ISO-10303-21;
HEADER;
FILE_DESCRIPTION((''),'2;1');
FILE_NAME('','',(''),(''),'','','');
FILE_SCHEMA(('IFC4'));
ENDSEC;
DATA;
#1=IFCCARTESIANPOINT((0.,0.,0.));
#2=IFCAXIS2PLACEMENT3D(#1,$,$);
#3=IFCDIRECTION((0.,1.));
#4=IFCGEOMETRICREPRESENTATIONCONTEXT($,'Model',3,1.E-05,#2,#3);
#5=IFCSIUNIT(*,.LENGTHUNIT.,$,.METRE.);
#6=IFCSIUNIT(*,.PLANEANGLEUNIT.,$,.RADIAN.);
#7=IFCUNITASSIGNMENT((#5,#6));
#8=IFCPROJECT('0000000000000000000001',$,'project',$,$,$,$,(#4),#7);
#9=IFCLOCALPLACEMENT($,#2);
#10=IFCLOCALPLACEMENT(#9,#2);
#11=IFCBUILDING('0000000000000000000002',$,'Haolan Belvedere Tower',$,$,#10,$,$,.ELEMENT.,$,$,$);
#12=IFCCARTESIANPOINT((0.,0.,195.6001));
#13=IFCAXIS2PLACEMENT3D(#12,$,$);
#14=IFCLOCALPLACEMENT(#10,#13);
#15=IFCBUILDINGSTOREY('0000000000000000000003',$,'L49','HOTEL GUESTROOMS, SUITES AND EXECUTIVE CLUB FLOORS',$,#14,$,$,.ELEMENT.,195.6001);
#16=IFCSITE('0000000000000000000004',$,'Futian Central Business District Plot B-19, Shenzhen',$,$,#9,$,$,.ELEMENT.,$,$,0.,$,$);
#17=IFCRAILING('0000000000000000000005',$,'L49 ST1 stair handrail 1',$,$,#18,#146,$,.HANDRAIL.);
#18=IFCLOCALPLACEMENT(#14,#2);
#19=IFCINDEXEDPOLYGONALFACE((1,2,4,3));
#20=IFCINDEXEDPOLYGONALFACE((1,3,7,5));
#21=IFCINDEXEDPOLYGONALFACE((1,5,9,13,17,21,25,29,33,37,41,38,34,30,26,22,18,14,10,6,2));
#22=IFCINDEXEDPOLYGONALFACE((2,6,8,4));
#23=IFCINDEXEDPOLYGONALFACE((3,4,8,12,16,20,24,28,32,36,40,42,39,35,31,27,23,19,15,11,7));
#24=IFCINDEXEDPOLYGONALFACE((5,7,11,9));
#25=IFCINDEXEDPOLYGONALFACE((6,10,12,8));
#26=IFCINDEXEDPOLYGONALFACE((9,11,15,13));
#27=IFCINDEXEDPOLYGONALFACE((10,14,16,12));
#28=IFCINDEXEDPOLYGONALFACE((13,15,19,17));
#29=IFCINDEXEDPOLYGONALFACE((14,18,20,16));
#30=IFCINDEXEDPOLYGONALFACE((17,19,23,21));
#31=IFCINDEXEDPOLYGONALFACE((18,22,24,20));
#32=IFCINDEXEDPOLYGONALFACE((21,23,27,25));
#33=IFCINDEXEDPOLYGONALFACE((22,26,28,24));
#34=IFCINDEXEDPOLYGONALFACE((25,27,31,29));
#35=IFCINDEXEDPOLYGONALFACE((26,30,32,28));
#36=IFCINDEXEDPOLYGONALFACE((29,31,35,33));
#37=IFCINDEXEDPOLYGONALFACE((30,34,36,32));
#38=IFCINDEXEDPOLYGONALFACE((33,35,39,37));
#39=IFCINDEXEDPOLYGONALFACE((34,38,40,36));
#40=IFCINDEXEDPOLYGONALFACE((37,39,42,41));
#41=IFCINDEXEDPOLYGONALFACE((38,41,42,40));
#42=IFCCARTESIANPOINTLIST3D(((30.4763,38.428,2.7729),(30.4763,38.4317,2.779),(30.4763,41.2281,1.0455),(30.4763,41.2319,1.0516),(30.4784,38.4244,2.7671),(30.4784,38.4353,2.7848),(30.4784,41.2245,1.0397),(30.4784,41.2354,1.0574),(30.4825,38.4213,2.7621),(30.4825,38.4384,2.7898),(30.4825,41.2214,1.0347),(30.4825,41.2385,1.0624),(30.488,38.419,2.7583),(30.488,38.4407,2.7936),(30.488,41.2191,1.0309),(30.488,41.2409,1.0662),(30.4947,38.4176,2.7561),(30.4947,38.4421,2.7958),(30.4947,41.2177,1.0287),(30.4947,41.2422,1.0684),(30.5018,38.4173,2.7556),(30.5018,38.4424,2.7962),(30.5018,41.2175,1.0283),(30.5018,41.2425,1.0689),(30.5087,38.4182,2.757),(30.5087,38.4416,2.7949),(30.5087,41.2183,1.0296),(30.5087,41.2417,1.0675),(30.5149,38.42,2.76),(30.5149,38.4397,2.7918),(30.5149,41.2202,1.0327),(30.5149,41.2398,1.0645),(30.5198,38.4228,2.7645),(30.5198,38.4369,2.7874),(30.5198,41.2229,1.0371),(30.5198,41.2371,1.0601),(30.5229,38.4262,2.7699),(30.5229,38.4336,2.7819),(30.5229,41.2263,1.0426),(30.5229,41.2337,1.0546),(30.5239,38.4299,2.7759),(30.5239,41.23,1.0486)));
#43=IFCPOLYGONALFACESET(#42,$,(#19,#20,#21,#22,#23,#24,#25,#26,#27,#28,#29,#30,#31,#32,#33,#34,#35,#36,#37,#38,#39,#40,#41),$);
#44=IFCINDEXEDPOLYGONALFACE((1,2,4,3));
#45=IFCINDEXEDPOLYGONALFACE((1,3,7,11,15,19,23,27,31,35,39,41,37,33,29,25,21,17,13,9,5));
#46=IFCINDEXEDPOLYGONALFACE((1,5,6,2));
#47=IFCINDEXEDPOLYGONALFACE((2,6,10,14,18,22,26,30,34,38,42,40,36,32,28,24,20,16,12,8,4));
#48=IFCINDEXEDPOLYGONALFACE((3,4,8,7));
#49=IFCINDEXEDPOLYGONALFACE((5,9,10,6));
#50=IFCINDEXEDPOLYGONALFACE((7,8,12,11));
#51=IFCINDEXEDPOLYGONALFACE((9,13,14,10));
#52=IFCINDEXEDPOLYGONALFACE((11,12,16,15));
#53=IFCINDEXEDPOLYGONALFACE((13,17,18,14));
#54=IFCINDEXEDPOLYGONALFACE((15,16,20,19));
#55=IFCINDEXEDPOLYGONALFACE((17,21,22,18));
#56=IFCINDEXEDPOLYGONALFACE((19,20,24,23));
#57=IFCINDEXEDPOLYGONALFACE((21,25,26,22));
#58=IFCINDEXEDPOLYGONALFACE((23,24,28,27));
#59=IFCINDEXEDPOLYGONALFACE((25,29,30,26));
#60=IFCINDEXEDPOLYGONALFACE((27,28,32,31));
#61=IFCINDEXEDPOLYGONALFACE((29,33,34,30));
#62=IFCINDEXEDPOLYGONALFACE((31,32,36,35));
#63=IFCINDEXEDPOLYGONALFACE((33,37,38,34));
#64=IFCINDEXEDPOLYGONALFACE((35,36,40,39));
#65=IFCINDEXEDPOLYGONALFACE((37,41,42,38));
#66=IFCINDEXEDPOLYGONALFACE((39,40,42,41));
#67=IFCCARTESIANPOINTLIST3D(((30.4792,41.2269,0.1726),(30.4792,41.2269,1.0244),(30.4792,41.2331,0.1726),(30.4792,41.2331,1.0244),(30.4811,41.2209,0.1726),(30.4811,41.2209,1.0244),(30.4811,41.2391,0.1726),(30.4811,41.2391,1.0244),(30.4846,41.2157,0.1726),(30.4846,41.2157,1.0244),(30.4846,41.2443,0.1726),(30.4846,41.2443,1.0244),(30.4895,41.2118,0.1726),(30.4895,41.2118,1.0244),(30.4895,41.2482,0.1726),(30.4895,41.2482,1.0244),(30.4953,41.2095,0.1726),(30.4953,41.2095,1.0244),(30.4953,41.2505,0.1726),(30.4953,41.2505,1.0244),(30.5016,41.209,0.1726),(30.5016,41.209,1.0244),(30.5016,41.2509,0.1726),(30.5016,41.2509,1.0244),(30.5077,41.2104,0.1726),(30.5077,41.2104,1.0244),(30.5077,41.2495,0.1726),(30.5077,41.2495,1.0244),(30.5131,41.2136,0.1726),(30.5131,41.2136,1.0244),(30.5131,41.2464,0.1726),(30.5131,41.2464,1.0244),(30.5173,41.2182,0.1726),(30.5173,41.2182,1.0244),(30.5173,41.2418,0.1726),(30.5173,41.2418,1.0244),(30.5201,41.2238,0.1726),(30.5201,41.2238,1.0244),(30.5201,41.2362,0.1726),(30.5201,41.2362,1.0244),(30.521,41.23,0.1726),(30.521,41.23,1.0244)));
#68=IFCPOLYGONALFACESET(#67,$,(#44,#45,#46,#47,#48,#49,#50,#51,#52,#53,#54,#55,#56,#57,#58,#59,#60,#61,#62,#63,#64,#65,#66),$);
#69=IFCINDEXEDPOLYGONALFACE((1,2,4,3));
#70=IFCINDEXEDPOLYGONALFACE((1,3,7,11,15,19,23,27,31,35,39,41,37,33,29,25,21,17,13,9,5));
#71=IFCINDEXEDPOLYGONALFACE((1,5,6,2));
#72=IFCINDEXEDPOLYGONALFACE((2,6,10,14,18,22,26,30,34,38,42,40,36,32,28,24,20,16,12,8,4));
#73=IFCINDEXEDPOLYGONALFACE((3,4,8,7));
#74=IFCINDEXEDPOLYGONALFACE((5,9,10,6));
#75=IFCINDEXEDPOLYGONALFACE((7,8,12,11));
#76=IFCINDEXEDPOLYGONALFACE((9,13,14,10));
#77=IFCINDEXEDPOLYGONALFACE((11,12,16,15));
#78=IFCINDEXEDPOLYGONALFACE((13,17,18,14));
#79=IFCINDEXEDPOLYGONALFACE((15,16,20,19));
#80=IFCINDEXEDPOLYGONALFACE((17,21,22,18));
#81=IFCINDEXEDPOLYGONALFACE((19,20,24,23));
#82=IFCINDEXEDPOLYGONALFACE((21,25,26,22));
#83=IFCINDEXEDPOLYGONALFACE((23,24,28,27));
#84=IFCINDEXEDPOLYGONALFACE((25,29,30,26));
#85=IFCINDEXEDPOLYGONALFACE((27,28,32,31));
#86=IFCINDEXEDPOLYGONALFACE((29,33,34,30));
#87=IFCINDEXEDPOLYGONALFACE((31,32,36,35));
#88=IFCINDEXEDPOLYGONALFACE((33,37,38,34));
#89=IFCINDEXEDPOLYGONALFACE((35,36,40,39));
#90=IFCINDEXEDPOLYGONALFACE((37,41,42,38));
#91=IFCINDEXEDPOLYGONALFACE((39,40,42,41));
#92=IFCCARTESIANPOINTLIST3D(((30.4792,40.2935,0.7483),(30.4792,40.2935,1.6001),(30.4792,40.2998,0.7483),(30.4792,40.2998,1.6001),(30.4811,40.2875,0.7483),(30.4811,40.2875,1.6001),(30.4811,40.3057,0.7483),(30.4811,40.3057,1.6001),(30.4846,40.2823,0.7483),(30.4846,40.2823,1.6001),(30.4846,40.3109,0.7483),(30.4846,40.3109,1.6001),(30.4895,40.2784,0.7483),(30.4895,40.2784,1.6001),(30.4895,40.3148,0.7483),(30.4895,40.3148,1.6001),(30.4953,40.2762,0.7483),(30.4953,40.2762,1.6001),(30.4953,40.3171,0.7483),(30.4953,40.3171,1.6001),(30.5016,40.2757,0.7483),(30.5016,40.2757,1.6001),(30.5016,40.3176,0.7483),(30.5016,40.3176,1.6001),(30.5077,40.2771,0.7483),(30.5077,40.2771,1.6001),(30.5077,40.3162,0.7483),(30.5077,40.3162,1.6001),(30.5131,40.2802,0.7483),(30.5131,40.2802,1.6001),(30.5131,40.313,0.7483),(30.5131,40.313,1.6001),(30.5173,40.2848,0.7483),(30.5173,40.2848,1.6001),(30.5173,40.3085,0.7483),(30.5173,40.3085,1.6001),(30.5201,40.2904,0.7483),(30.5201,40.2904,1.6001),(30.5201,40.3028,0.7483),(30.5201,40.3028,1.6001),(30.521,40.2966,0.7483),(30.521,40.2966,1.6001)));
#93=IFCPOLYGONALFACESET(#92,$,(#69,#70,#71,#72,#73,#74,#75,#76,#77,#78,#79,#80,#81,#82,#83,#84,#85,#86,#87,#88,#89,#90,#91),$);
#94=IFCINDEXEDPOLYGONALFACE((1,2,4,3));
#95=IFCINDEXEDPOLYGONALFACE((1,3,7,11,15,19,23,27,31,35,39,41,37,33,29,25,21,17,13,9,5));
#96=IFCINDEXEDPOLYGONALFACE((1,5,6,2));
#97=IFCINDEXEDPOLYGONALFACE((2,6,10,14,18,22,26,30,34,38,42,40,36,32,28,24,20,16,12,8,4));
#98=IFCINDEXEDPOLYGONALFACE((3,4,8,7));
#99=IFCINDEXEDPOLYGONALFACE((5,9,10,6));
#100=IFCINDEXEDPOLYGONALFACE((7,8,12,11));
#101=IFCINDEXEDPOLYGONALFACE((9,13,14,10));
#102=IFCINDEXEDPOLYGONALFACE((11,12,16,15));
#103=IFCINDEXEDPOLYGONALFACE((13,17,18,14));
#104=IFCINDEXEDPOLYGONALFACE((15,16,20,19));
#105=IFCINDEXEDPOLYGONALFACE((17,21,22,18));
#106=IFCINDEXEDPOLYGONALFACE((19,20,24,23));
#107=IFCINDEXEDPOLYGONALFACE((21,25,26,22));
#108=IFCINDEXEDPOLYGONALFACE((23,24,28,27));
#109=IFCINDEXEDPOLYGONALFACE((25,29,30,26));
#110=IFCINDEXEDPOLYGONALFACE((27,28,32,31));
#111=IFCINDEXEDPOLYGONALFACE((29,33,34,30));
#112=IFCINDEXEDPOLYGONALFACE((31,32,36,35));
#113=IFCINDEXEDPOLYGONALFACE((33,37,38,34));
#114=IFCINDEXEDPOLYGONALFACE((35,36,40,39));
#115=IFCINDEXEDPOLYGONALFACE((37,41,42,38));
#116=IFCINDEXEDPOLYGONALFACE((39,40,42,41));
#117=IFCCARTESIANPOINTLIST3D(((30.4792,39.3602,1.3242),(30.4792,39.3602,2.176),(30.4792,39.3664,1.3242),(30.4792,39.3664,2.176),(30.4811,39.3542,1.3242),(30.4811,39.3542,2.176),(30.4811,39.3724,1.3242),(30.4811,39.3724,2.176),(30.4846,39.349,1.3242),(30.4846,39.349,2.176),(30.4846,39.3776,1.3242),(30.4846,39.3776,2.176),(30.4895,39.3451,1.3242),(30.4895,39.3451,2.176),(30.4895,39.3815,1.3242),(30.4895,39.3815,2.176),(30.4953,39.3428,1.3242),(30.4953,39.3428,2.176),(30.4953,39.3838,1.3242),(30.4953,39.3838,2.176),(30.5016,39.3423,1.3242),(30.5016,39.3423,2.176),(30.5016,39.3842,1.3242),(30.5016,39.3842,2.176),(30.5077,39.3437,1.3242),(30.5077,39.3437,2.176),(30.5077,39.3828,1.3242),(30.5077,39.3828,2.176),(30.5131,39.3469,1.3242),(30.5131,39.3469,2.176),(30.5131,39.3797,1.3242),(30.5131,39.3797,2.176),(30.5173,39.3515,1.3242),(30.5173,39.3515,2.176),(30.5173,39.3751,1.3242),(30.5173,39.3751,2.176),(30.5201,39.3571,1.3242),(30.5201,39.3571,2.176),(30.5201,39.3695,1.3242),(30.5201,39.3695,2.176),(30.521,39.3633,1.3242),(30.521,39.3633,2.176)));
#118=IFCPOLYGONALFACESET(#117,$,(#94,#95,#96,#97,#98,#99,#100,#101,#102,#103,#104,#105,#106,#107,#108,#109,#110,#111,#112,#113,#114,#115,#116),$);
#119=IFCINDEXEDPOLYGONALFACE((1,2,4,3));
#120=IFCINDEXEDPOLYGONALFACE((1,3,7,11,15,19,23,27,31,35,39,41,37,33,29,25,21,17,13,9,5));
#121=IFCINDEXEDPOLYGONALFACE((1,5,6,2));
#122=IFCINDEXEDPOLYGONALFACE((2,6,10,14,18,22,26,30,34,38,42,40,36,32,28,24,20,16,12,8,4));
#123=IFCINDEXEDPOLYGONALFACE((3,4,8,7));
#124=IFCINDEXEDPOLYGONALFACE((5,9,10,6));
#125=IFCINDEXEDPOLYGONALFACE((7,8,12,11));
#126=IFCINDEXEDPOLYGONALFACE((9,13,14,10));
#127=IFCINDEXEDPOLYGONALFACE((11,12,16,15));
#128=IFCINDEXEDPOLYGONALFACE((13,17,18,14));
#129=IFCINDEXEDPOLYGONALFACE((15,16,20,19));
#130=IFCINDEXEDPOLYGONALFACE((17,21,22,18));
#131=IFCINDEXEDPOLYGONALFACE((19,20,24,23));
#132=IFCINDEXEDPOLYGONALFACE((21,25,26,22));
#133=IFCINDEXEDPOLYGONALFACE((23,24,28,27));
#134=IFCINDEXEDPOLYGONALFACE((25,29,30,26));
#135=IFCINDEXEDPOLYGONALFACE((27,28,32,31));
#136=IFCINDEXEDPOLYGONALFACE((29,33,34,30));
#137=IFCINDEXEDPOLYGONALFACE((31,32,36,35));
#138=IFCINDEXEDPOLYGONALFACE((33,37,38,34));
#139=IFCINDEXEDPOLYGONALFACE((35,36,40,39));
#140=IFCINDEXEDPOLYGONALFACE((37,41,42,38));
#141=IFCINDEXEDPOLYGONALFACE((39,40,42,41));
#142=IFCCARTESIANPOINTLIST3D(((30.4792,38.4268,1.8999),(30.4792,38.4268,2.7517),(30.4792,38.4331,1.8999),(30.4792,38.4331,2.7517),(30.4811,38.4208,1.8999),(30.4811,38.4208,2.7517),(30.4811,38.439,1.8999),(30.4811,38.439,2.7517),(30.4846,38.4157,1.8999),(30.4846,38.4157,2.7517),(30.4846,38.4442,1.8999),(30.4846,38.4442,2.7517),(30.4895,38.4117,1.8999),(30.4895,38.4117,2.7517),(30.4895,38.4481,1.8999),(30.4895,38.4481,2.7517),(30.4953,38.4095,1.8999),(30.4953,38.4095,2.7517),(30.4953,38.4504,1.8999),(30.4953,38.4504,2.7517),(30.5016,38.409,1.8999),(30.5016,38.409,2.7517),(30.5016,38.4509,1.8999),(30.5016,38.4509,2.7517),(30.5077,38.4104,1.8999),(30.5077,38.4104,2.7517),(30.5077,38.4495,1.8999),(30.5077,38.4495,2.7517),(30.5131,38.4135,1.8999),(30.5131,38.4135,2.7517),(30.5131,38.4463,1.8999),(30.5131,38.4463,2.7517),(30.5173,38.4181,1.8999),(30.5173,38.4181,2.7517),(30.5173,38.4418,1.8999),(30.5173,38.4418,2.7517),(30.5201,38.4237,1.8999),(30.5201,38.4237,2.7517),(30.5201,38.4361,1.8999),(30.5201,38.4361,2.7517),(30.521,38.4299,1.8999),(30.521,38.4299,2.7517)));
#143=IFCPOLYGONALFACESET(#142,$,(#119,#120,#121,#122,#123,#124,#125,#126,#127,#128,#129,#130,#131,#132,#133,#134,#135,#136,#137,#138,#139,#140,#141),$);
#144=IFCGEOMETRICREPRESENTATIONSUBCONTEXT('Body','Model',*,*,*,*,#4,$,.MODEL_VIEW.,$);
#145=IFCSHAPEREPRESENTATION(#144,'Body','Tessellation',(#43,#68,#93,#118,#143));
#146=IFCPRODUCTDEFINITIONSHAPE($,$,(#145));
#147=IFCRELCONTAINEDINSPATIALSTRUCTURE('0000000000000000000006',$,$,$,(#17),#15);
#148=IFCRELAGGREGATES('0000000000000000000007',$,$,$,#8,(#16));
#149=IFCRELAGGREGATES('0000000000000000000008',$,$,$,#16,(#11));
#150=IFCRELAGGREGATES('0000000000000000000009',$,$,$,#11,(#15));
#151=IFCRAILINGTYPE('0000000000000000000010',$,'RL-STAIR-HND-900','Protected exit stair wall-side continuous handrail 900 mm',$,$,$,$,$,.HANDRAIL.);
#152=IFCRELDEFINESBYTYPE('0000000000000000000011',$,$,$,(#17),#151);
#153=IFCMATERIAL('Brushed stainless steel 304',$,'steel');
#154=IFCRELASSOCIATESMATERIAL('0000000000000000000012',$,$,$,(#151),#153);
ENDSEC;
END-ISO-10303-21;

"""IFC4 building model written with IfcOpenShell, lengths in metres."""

from ifc_helpers import new_model, si_unit, direction, frame, origin, origin_2d, place, context, subcontext, project, spatial, circle, extrude, material, type_object, element, save


model = new_model("IFC4")

# Units and contexts
model_context = context("Model", 3, precision=1e-05, world=origin(), true_north=direction((0.0, 1.0)))
body_context = subcontext(model_context, "Body", "Model", "MODEL_VIEW")
ifc_project = project(units=[si_unit("LENGTHUNIT", "METRE"), si_unit("PLANEANGLEUNIT", "RADIAN")], contexts=[model_context])

# Site, building, storey
site_placement = place(None, origin())
site = spatial("IfcSite", under=ifc_project, at=site_placement, Name="Futian Central Business District Plot B-19, Shenzhen", CompositionType="ELEMENT", RefElevation=0.0)
building_placement = place(site_placement, origin())
building = spatial("IfcBuilding", under=site, at=building_placement, Name="Haolan Belvedere Tower", CompositionType="ELEMENT")
storey_placement = place(building_placement, frame((0.0, 0.0, 195.6001)))
storey = spatial("IfcBuildingStorey", under=building, at=storey_placement, Name="L49", Description="HOTEL GUESTROOMS, SUITES AND EXECUTIVE CLUB FLOORS", CompositionType="ELEMENT", Elevation=195.6001)

# Railing
ifc_material_1 = material(Name="Brushed stainless steel 304", Category="steel")
railing_type_1 = type_object("IfcRailingType", Name="RL-STAIR-HND-900", Description="Protected exit stair wall-side continuous handrail 900 mm", PredefinedType="HANDRAIL", material=ifc_material_1)
railing_1_placement = place(storey_placement, frame((30.5, 41.23, 0.1726)))
element("IfcRailing", 1, at=railing_1_placement, inside=storey, type_object=railing_type_1, Name="L49 ST1 stair handrail 1", PredefinedType="HANDRAIL", context=body_context, shape_type="SweptSolid", body=[
    extrude(circle(Radius=0.0239, at=origin_2d()), frame((0.0, 0.0, 0.876), z_axis=(0.0, -0.85109, 0.52502), x_axis=(1.0, 0.0, 0.0)), (0.0, 0.0, 1.0), 3.29),
    extrude(circle(Radius=0.021, at=origin_2d()), origin(), (0.0, 0.0, 1.0), 0.8518),
    extrude(circle(Radius=0.021, at=origin_2d()), frame((0.0, -0.9333, 0.5757)), (0.0, 0.0, 1.0), 0.8518),
    extrude(circle(Radius=0.021, at=origin_2d()), frame((0.0, -1.8667, 1.1516)), (0.0, 0.0, 1.0), 0.8518),
    extrude(circle(Radius=0.021, at=origin_2d()), frame((0.0, -2.8, 1.7273)), (0.0, 0.0, 1.0), 0.8518),
])

save(model, "model.ifc")
